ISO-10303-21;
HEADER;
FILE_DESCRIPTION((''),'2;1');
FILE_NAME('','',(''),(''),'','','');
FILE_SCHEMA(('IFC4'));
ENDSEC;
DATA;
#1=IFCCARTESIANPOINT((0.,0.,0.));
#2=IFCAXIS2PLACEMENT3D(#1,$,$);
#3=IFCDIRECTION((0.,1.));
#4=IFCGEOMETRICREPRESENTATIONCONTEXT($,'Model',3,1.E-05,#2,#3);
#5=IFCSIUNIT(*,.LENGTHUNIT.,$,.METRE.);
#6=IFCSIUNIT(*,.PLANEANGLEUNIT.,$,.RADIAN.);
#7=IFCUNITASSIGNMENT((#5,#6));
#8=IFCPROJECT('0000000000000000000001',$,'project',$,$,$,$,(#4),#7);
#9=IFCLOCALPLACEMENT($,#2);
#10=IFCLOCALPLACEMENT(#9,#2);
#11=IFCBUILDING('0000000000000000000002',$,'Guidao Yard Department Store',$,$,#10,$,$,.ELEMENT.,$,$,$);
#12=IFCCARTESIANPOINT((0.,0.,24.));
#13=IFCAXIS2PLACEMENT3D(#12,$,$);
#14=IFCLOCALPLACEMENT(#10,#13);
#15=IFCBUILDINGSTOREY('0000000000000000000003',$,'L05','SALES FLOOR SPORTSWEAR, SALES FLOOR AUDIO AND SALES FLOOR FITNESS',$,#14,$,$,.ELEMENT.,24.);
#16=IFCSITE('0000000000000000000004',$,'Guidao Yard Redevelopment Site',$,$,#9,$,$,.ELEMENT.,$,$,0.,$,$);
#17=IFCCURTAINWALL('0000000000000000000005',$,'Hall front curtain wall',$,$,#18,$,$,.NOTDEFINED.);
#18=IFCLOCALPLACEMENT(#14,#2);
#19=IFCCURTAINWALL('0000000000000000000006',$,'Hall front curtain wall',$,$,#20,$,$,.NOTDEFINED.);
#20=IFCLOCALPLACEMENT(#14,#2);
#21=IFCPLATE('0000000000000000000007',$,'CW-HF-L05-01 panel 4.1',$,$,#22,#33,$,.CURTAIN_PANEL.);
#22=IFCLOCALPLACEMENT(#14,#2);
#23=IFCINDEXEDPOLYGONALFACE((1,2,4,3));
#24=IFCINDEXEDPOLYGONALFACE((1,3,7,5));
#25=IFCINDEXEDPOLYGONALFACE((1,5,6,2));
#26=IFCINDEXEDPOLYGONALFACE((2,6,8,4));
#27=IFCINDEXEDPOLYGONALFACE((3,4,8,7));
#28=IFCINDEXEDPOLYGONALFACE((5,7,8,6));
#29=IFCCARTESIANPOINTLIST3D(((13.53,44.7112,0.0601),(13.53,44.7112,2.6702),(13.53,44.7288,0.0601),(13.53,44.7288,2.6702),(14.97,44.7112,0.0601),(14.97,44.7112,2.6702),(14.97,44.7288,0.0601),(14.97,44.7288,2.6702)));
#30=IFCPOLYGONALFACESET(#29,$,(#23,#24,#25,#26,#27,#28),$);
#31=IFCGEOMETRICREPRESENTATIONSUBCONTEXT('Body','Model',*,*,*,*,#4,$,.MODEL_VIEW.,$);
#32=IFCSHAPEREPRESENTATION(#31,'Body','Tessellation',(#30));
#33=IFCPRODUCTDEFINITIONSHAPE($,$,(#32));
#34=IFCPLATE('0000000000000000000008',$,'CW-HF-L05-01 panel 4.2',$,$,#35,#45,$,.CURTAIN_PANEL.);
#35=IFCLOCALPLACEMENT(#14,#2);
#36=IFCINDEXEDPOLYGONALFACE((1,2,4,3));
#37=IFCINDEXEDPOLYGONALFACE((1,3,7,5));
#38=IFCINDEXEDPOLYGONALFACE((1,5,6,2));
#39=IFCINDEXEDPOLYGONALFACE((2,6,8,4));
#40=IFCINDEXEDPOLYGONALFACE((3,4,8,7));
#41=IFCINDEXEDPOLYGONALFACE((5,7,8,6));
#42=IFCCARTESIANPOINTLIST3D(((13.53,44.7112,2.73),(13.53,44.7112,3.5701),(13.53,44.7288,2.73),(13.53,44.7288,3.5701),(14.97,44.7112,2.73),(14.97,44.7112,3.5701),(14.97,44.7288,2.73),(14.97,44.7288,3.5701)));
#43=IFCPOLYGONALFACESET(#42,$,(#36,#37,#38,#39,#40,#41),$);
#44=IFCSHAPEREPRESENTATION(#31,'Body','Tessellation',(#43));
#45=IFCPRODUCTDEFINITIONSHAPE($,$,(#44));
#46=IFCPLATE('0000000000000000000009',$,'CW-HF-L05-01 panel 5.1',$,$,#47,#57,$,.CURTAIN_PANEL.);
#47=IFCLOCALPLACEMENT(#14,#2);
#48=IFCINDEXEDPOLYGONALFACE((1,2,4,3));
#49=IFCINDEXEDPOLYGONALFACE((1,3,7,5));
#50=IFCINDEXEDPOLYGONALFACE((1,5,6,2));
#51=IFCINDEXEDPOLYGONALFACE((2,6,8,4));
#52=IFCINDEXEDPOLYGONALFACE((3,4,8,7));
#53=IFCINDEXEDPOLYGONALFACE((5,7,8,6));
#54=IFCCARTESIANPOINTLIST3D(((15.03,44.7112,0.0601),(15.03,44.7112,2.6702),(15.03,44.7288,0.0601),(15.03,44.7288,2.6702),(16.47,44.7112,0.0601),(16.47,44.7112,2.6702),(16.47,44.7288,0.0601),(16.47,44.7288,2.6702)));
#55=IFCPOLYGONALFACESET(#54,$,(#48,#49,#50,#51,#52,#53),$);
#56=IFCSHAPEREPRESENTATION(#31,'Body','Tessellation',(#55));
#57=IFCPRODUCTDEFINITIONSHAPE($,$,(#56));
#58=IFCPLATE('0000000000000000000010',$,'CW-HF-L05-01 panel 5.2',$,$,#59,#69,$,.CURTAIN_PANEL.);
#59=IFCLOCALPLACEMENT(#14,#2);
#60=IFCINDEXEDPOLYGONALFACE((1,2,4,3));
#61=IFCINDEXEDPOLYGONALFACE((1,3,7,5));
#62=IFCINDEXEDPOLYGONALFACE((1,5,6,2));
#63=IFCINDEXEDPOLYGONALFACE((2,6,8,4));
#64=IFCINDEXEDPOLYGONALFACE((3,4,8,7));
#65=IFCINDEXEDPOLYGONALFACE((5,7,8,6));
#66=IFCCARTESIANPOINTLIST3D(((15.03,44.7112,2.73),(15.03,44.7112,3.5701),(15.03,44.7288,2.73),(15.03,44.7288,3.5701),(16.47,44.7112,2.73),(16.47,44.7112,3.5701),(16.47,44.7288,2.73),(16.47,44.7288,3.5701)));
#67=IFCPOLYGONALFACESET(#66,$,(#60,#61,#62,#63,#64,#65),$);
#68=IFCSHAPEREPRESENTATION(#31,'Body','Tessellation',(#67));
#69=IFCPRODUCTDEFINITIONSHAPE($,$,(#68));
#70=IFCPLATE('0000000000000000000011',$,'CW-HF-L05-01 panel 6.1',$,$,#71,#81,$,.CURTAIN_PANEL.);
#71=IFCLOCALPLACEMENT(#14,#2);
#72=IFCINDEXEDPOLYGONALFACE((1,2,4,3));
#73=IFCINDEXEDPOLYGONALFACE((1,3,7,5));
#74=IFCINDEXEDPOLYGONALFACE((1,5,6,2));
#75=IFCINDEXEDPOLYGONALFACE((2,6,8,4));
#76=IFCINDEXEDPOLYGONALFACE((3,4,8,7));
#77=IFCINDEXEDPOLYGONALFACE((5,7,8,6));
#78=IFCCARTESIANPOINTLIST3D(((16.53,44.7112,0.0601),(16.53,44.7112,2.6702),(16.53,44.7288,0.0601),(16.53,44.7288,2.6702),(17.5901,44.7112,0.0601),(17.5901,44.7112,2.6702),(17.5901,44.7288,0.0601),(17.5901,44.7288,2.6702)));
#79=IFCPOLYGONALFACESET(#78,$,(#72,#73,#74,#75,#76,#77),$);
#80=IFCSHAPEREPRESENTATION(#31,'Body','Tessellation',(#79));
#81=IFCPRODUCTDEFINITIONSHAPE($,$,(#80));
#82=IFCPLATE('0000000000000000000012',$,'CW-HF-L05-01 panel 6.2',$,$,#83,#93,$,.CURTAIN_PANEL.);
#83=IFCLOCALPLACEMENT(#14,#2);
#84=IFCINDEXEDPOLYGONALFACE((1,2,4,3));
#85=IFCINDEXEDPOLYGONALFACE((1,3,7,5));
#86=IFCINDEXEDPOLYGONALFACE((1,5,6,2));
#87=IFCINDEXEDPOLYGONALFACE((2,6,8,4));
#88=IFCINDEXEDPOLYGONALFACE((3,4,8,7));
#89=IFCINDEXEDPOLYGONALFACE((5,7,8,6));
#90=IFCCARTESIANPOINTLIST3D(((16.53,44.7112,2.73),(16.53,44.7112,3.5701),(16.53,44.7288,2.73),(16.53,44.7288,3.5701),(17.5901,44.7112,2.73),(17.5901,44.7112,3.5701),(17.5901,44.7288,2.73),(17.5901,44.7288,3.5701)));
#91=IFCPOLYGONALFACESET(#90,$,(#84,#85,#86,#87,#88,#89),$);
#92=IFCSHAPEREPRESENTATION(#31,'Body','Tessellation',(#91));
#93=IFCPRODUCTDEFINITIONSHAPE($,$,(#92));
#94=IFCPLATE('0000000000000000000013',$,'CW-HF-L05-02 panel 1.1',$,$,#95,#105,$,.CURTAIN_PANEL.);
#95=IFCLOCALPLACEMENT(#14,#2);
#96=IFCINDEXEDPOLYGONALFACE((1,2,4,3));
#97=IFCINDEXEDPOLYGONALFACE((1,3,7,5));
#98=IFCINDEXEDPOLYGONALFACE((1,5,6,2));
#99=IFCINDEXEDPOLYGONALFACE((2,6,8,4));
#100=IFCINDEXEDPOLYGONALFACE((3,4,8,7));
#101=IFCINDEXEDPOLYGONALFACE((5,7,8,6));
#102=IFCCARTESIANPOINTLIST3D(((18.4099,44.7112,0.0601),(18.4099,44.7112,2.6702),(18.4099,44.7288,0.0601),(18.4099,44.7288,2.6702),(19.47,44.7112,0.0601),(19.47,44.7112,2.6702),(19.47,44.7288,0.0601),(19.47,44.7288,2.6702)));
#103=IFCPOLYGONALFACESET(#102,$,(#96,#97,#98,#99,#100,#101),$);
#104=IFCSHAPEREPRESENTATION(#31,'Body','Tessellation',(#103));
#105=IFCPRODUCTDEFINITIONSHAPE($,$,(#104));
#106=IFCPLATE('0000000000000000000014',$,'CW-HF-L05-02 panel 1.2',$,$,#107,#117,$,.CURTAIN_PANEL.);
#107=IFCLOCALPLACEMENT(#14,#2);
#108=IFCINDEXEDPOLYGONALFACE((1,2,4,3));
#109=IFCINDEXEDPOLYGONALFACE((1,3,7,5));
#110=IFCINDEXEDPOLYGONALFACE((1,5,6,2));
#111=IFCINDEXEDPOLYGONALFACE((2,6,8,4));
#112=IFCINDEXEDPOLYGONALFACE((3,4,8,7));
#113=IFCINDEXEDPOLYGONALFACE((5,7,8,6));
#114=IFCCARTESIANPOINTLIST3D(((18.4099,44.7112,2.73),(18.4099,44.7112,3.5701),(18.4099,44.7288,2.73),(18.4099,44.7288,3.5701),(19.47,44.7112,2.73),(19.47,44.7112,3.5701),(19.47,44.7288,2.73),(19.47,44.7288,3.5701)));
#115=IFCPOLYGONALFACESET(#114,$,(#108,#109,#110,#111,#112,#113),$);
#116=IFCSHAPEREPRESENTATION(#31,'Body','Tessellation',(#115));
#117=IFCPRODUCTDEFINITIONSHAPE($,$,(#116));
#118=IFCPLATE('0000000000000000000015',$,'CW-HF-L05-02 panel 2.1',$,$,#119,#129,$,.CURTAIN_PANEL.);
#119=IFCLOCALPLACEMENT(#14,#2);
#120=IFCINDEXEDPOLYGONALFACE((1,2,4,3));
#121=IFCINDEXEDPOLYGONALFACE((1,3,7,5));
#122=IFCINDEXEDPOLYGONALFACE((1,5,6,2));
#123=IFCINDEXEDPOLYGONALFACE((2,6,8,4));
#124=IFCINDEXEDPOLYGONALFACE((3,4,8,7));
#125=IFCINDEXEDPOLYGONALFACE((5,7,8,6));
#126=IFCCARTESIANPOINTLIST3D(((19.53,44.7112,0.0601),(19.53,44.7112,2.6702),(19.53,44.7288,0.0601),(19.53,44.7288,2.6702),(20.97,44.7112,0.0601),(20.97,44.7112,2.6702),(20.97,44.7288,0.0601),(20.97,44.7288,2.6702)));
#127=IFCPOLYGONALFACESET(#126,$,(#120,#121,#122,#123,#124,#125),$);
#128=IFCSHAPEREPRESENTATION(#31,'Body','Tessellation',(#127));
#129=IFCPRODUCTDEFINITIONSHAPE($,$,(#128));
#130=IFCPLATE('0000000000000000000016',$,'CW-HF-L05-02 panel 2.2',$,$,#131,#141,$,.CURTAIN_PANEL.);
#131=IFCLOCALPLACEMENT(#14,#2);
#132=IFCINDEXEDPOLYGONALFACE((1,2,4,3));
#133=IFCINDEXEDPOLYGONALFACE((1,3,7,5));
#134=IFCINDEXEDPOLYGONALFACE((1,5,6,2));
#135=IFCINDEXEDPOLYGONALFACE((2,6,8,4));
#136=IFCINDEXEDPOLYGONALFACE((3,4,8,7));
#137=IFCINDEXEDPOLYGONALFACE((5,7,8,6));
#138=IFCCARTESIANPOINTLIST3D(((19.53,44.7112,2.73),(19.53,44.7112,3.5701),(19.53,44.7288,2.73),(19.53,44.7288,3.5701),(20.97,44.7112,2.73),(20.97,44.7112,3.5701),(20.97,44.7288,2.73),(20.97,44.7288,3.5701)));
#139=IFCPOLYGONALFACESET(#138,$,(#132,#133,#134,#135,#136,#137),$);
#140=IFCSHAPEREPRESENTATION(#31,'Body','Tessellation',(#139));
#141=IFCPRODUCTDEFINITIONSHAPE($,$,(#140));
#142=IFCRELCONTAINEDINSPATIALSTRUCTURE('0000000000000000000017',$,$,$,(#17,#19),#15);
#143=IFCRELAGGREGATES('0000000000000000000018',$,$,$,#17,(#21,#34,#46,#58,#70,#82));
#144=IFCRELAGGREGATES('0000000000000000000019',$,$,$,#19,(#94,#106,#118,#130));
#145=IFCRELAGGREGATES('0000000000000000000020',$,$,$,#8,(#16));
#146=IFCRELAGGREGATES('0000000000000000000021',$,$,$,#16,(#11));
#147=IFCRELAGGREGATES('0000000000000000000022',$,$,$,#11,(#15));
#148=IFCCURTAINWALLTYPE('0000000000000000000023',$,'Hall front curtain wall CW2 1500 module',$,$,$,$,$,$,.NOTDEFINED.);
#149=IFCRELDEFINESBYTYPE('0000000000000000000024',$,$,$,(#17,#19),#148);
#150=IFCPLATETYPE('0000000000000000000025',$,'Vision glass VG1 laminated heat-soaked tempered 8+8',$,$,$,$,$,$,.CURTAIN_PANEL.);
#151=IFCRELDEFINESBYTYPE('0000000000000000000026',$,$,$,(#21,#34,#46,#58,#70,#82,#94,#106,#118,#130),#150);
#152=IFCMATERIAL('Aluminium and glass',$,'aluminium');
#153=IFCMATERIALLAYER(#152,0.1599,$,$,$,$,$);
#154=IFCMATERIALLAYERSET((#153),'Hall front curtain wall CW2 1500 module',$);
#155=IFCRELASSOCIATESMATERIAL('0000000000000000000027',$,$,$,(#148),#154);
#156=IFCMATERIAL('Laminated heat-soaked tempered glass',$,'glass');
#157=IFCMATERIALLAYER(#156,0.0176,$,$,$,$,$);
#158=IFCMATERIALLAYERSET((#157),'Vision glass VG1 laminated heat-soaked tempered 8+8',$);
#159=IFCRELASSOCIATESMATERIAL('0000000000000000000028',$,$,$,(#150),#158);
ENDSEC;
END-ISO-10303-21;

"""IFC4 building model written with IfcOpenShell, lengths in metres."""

from ifc_helpers import new_model, si_unit, direction, frame, origin, origin_2d, place, context, subcontext, project, spatial, rectangle, extrude, material, layer, layer_set, type_object, element, aggregate, save


model = new_model("IFC4")

# Units and contexts
model_context = context("Model", 3, precision=1e-05, world=origin(), true_north=direction((0.0, 1.0)))
body_context = subcontext(model_context, "Body", "Model", "MODEL_VIEW")
ifc_project = project(units=[si_unit("LENGTHUNIT", "METRE"), si_unit("PLANEANGLEUNIT", "RADIAN")], contexts=[model_context])

# Site, building, storey
site_placement = place(None, origin())
site = spatial("IfcSite", under=ifc_project, at=site_placement, Name="Guidao Yard Redevelopment Site", CompositionType="ELEMENT", RefElevation=0.0)
building_placement = place(site_placement, origin())
building = spatial("IfcBuilding", under=site, at=building_placement, Name="Guidao Yard Department Store", CompositionType="ELEMENT")
storey_placement = place(building_placement, frame((0.0, 0.0, 24.0)))
storey = spatial("IfcBuildingStorey", under=building, at=storey_placement, Name="L05", Description="SALES FLOOR SPORTSWEAR, SALES FLOOR AUDIO AND SALES FLOOR FITNESS", CompositionType="ELEMENT", Elevation=24.0)

# Curtain walls
ifc_material_1 = material(Name="Aluminium and glass", Category="aluminium")
ifc_layer_1 = layer(ifc_material_1, 0.1599)
ifc_layer_set_1 = layer_set([ifc_layer_1], Name="Hall front curtain wall CW2 1500 module")
curtain_wall_type = type_object("IfcCurtainWallType", Name="Hall front curtain wall CW2 1500 module", PredefinedType="NOTDEFINED", material=ifc_layer_set_1)
curtain_wall_1_placement = place(storey_placement, origin())
curtain_wall_1 = element("IfcCurtainWall", 1, at=curtain_wall_1_placement, inside=storey, type_object=curtain_wall_type, Name="Hall front curtain wall", PredefinedType="NOTDEFINED")
curtain_wall_2_placement = place(storey_placement, origin())
curtain_wall_2 = element("IfcCurtainWall", 2, at=curtain_wall_2_placement, inside=storey, type_object=curtain_wall_type, Name="Hall front curtain wall", PredefinedType="NOTDEFINED")

# Plates
ifc_material_2 = material(Name="Laminated heat-soaked tempered glass", Category="glass")
ifc_layer_2 = layer(ifc_material_2, 0.0176)
ifc_layer_set_2 = layer_set([ifc_layer_2], Name="Vision glass VG1 laminated heat-soaked tempered 8+8")
plate_type_1 = type_object("IfcPlateType", Name="Vision glass VG1 laminated heat-soaked tempered 8+8", PredefinedType="CURTAIN_PANEL", material=ifc_layer_set_2)
plate_1_placement = place(storey_placement, frame((14.25, 44.72, 0.0601), z_axis=(0.0, 0.0, 1.0), x_axis=(-1.0, 0.0, 0.0)))
plate_1 = element("IfcPlate", 3, at=plate_1_placement, type_object=plate_type_1, Name="CW-HF-L05-01 panel 4.1", PredefinedType="CURTAIN_PANEL", context=body_context, shape_type="SweptSolid", body=[
    extrude(rectangle(XDim=1.4399, YDim=0.0176, at=origin_2d()), origin(), (0.0, 0.0, 1.0), 2.6101),
])
plate_2_placement = place(storey_placement, frame((14.25, 44.72, 2.73), z_axis=(0.0, 0.0, 1.0), x_axis=(-1.0, 0.0, 0.0)))
plate_2 = element("IfcPlate", 4, at=plate_2_placement, type_object=plate_type_1, Name="CW-HF-L05-01 panel 4.2", PredefinedType="CURTAIN_PANEL", context=body_context, shape_type="SweptSolid", body=[
    extrude(rectangle(XDim=1.4399, YDim=0.0176, at=origin_2d()), origin(), (0.0, 0.0, 1.0), 0.8401),
])
plate_3_placement = place(storey_placement, frame((15.75, 44.72, 0.0601), z_axis=(0.0, 0.0, 1.0), x_axis=(-1.0, 0.0, 0.0)))
plate_3 = element("IfcPlate", 5, at=plate_3_placement, type_object=plate_type_1, Name="CW-HF-L05-01 panel 5.1", PredefinedType="CURTAIN_PANEL", context=body_context, shape_type="SweptSolid", body=[
    extrude(rectangle(XDim=1.4399, YDim=0.0176, at=origin_2d()), origin(), (0.0, 0.0, 1.0), 2.6101),
])
plate_4_placement = place(storey_placement, frame((15.75, 44.72, 2.73), z_axis=(0.0, 0.0, 1.0), x_axis=(-1.0, 0.0, 0.0)))
plate_4 = element("IfcPlate", 6, at=plate_4_placement, type_object=plate_type_1, Name="CW-HF-L05-01 panel 5.2", PredefinedType="CURTAIN_PANEL", context=body_context, shape_type="SweptSolid", body=[
    extrude(rectangle(XDim=1.4399, YDim=0.0176, at=origin_2d()), origin(), (0.0, 0.0, 1.0), 0.8401),
])
plate_5_placement = place(storey_placement, frame((17.0601, 44.72, 0.0601), z_axis=(0.0, 0.0, 1.0), x_axis=(-1.0, 0.0, 0.0)))
plate_5 = element("IfcPlate", 7, at=plate_5_placement, type_object=plate_type_1, Name="CW-HF-L05-01 panel 6.1", PredefinedType="CURTAIN_PANEL", context=body_context, shape_type="SweptSolid", body=[
    extrude(rectangle(XDim=1.0601, YDim=0.0176, at=origin_2d()), origin(), (0.0, 0.0, 1.0), 2.6101),
])
plate_6_placement = place(storey_placement, frame((17.0601, 44.72, 2.73), z_axis=(0.0, 0.0, 1.0), x_axis=(-1.0, 0.0, 0.0)))
plate_6 = element("IfcPlate", 8, at=plate_6_placement, type_object=plate_type_1, Name="CW-HF-L05-01 panel 6.2", PredefinedType="CURTAIN_PANEL", context=body_context, shape_type="SweptSolid", body=[
    extrude(rectangle(XDim=1.0601, YDim=0.0176, at=origin_2d()), origin(), (0.0, 0.0, 1.0), 0.8401),
])
aggregate(curtain_wall_1, [plate_1, plate_2, plate_3, plate_4, plate_5, plate_6])
plate_7_placement = place(storey_placement, frame((18.9399, 44.72, 0.0601), z_axis=(0.0, 0.0, 1.0), x_axis=(-1.0, 0.0, 0.0)))
plate_7 = element("IfcPlate", 9, at=plate_7_placement, type_object=plate_type_1, Name="CW-HF-L05-02 panel 1.1", PredefinedType="CURTAIN_PANEL", context=body_context, shape_type="SweptSolid", body=[
    extrude(rectangle(XDim=1.0601, YDim=0.0176, at=origin_2d()), origin(), (0.0, 0.0, 1.0), 2.6101),
])
plate_8_placement = place(storey_placement, frame((18.9399, 44.72, 2.73), z_axis=(0.0, 0.0, 1.0), x_axis=(-1.0, 0.0, 0.0)))
plate_8 = element("IfcPlate", 10, at=plate_8_placement, type_object=plate_type_1, Name="CW-HF-L05-02 panel 1.2", PredefinedType="CURTAIN_PANEL", context=body_context, shape_type="SweptSolid", body=[
    extrude(rectangle(XDim=1.0601, YDim=0.0176, at=origin_2d()), origin(), (0.0, 0.0, 1.0), 0.8401),
])
plate_9_placement = place(storey_placement, frame((20.25, 44.72, 0.0601), z_axis=(0.0, 0.0, 1.0), x_axis=(-1.0, 0.0, 0.0)))
plate_9 = element("IfcPlate", 11, at=plate_9_placement, type_object=plate_type_1, Name="CW-HF-L05-02 panel 2.1", PredefinedType="CURTAIN_PANEL", context=body_context, shape_type="SweptSolid", body=[
    extrude(rectangle(XDim=1.4399, YDim=0.0176, at=origin_2d()), origin(), (0.0, 0.0, 1.0), 2.6101),
])
plate_10_placement = place(storey_placement, frame((20.25, 44.72, 2.73), z_axis=(0.0, 0.0, 1.0), x_axis=(-1.0, 0.0, 0.0)))
plate_10 = element("IfcPlate", 12, at=plate_10_placement, type_object=plate_type_1, Name="CW-HF-L05-02 panel 2.2", PredefinedType="CURTAIN_PANEL", context=body_context, shape_type="SweptSolid", body=[
    extrude(rectangle(XDim=1.4399, YDim=0.0176, at=origin_2d()), origin(), (0.0, 0.0, 1.0), 0.8401),
])
aggregate(curtain_wall_2, [plate_7, plate_8, plate_9, plate_10])

save(model, "model.ifc")
